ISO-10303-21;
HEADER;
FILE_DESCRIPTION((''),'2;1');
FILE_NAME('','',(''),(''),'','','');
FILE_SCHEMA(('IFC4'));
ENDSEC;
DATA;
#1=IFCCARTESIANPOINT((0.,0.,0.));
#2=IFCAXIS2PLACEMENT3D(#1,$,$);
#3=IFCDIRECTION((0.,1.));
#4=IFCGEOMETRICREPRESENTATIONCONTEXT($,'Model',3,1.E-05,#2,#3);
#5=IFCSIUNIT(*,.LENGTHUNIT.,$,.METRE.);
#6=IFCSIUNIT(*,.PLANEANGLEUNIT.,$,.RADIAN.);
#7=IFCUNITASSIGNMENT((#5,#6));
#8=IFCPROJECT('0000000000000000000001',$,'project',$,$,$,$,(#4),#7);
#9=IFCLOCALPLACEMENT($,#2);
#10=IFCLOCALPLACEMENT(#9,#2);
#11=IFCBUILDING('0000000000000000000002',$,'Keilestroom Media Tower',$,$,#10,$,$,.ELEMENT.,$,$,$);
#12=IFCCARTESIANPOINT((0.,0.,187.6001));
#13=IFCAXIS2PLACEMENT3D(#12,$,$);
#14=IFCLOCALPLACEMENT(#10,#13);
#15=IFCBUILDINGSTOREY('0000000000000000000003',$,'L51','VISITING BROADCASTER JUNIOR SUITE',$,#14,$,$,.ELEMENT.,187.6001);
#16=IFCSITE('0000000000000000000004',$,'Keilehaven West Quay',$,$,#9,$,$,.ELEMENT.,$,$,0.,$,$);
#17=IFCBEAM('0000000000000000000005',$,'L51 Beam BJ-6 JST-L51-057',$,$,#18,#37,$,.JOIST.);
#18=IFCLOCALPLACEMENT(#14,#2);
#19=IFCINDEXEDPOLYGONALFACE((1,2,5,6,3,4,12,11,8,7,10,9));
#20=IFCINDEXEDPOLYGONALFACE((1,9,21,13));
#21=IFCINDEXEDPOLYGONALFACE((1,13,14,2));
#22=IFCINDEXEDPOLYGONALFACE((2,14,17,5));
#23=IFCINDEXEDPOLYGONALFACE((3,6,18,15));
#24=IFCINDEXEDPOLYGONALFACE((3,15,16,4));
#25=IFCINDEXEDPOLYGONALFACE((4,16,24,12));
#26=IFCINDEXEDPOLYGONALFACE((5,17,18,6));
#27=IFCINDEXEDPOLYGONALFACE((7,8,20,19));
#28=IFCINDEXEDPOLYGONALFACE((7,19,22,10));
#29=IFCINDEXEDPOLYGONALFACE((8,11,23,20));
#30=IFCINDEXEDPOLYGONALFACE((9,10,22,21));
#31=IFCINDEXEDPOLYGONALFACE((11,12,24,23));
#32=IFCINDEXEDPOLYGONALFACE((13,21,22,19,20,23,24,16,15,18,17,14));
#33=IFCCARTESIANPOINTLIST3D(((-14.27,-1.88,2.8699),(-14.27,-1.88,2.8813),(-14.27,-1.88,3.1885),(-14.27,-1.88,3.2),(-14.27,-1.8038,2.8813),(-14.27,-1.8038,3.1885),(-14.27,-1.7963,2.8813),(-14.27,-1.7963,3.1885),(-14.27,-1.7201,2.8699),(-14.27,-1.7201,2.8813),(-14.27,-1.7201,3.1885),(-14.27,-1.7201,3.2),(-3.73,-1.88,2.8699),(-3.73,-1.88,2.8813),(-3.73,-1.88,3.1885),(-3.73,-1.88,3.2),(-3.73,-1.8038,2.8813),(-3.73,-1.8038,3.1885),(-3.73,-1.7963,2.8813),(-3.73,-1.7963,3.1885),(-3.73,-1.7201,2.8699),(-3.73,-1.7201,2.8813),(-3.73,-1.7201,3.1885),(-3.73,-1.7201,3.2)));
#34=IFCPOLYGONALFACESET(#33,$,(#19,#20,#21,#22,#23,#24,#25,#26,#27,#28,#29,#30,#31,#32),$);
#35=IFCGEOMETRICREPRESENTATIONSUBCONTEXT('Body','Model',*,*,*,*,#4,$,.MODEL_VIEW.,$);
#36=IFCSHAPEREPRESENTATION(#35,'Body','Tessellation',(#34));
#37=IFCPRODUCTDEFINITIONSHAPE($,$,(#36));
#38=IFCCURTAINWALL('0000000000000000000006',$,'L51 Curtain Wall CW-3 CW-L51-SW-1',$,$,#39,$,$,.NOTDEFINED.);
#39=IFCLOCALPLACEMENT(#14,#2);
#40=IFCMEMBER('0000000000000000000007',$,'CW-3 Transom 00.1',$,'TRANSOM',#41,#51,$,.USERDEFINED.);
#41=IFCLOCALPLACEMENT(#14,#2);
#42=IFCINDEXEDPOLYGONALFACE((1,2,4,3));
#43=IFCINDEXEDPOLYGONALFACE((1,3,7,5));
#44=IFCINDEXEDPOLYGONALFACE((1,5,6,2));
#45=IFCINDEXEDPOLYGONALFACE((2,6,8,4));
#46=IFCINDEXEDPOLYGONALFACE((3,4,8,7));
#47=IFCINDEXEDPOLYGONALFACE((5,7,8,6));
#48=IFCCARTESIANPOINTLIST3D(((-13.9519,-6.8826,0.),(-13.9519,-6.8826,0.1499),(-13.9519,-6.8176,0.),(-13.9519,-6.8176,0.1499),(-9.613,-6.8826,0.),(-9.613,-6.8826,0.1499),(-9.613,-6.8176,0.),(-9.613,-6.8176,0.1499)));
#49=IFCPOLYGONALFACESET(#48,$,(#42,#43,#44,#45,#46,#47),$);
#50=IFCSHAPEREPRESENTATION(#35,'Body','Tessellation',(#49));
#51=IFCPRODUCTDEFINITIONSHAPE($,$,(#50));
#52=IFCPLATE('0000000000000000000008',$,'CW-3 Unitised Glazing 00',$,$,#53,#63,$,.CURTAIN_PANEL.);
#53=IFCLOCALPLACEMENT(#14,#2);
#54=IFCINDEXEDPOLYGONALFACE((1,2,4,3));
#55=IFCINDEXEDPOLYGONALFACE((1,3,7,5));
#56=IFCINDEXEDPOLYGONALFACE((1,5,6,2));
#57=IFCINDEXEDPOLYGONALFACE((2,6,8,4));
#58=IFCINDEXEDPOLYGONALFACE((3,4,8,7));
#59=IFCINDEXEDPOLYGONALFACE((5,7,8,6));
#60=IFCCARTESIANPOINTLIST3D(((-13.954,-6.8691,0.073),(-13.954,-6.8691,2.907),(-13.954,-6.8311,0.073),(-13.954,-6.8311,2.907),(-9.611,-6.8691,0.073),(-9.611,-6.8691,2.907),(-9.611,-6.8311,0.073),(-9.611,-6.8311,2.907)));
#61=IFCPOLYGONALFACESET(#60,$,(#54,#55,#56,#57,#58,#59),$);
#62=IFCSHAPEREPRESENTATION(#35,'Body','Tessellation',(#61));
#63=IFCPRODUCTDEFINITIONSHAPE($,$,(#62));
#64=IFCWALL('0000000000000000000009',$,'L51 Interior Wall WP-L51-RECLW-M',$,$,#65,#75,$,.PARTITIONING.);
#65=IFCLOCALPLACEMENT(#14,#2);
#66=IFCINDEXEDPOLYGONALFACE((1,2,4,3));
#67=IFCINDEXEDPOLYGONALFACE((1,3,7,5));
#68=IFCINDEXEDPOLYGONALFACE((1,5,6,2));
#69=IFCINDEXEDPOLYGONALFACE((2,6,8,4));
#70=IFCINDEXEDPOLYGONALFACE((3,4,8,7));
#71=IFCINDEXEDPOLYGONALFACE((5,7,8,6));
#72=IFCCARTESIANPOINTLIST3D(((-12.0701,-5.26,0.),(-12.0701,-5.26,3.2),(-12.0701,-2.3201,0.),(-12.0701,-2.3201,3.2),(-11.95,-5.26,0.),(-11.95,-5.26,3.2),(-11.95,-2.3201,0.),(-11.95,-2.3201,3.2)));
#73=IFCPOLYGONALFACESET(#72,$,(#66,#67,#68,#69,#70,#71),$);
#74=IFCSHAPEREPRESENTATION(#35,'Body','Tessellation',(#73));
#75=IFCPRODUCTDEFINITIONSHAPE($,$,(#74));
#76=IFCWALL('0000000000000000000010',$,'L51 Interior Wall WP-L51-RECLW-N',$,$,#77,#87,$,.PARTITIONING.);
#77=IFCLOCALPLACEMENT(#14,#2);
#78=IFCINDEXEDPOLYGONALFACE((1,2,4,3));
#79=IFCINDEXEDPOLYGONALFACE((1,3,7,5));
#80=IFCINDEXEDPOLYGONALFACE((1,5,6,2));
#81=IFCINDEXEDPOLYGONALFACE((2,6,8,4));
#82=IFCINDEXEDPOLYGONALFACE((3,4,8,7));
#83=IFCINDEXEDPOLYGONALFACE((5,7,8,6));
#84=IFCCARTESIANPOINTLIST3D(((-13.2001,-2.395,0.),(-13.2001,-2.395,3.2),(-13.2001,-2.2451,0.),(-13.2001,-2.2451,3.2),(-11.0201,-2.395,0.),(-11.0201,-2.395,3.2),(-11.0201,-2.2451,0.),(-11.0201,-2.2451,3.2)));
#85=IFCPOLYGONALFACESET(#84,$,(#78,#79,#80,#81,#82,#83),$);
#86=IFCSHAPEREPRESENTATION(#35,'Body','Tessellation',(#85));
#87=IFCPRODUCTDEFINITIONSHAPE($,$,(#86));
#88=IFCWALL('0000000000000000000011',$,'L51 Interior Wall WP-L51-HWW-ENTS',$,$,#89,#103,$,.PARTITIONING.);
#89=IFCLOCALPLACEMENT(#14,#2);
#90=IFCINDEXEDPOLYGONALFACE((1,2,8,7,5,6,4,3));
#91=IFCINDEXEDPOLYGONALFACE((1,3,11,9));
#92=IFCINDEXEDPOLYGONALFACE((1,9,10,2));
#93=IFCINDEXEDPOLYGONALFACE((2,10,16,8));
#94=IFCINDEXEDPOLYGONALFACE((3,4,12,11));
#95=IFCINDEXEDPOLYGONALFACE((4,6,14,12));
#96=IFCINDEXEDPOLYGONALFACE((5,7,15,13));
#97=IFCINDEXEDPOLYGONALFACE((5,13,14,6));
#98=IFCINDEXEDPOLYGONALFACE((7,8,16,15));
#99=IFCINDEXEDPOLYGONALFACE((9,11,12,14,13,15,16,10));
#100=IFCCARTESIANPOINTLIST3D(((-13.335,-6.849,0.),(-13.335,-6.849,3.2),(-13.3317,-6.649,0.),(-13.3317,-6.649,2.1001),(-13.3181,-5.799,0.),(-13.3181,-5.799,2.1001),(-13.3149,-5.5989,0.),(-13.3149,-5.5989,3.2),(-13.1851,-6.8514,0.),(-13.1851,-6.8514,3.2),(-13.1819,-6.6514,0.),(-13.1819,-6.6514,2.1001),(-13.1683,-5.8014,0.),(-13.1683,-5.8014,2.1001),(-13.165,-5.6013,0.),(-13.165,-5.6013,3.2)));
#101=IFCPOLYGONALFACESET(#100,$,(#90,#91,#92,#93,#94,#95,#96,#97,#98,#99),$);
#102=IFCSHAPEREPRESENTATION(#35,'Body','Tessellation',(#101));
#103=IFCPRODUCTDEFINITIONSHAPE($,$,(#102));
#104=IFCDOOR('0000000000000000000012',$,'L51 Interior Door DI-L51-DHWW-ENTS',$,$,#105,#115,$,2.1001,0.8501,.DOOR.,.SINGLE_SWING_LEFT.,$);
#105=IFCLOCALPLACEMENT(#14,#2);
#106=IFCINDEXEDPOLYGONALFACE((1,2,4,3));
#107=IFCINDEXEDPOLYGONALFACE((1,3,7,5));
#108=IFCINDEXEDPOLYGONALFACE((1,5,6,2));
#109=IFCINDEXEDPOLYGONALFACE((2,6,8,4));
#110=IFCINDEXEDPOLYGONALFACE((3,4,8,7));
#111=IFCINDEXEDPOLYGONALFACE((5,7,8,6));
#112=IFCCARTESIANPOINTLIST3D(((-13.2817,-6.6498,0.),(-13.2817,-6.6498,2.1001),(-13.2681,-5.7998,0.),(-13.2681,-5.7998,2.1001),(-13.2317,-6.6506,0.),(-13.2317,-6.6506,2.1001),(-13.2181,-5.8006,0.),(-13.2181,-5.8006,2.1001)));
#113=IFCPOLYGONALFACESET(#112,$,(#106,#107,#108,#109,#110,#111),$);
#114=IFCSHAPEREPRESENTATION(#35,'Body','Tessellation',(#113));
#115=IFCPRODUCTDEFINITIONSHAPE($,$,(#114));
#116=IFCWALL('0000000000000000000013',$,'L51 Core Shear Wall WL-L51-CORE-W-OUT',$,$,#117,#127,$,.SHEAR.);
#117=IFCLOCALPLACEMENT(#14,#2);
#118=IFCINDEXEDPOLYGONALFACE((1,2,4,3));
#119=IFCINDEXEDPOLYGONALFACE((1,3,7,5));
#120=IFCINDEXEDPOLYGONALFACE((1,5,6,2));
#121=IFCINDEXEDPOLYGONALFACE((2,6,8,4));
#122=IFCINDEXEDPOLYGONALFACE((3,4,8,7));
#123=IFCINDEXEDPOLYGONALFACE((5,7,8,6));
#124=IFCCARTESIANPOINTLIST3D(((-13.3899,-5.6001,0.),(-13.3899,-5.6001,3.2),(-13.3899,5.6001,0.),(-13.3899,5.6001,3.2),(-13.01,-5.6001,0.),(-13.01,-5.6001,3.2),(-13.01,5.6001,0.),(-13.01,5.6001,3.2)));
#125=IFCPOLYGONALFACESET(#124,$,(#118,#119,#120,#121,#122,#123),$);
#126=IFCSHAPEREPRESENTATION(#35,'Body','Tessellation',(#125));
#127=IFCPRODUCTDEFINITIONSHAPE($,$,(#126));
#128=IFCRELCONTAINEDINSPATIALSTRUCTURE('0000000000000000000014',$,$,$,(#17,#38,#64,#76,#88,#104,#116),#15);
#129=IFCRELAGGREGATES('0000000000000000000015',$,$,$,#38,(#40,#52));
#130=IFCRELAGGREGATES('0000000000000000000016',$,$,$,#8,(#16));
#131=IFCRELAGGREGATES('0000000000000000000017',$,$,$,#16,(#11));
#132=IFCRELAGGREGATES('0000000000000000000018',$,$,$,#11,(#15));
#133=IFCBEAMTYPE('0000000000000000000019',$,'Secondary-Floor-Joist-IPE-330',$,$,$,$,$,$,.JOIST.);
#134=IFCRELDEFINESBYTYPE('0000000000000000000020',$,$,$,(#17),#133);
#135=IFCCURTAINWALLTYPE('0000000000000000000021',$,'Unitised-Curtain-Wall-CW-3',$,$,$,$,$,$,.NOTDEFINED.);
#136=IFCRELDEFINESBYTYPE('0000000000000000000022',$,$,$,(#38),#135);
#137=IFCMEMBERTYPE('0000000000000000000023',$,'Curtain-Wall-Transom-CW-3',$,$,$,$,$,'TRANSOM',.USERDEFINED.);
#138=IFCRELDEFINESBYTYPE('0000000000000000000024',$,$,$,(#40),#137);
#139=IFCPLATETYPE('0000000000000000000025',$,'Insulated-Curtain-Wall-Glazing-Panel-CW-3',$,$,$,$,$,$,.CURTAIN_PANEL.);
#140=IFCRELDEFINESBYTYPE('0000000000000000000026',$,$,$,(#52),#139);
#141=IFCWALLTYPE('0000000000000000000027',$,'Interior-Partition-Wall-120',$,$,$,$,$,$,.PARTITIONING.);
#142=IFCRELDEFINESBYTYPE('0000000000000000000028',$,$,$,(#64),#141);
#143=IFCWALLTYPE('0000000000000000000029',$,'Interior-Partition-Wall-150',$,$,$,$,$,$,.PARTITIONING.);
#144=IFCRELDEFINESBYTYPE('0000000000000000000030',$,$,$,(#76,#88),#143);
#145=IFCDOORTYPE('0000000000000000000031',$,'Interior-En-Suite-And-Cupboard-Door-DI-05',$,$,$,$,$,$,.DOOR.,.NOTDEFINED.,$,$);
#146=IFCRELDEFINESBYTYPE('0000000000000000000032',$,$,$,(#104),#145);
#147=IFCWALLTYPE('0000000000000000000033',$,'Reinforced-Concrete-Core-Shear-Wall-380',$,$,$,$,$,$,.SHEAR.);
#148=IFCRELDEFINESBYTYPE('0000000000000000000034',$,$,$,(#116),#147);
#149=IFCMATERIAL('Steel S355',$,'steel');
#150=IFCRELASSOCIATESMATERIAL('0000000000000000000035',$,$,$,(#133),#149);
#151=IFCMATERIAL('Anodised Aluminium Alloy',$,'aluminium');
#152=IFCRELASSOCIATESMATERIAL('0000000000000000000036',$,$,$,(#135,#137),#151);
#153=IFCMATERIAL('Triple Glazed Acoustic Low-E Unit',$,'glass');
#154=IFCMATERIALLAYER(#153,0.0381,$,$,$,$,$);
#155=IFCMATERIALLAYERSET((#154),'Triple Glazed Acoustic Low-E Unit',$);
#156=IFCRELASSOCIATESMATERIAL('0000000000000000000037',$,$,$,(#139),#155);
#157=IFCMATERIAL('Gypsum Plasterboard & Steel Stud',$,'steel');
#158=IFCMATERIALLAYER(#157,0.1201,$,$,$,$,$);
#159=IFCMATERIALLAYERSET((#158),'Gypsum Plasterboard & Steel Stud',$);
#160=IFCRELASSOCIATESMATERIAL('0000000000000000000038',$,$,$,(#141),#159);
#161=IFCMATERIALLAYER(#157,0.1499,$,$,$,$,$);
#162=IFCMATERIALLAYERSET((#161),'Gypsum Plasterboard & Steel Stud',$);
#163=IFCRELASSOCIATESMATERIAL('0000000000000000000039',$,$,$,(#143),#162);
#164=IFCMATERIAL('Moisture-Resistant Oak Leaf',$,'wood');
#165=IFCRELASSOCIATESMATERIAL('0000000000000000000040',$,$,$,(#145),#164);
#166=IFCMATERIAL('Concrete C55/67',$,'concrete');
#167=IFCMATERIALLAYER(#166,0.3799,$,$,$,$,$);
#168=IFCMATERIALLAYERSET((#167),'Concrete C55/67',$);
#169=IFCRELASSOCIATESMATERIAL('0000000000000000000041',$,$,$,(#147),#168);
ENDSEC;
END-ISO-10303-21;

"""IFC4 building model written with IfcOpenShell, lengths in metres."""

from ifc_helpers import new_model, si_unit, direction, frame, frame_2d, origin, origin_2d, place, context, subcontext, project, spatial, rectangle, i_section, extrude, source, transform, mapped, material, layer, layer_set, material_profile, profile_set, type_object, element, fill, aggregate, save


model = new_model("IFC4")

# Units and contexts
model_context = context("Model", 3, precision=1e-05, world=origin(), true_north=direction((0.0, 1.0)))
body_context = subcontext(model_context, "Body", "Model", "MODEL_VIEW")
ifc_project = project(units=[si_unit("LENGTHUNIT", "METRE"), si_unit("PLANEANGLEUNIT", "RADIAN")], contexts=[model_context])

# Site, building, storey
site_placement = place(None, origin())
site = spatial("IfcSite", under=ifc_project, at=site_placement, Name="Keilehaven West Quay", CompositionType="ELEMENT", RefElevation=0.0)
building_placement = place(site_placement, origin())
building = spatial("IfcBuilding", under=site, at=building_placement, Name="Keilestroom Media Tower", CompositionType="ELEMENT")
storey_placement = place(building_placement, frame((0.0, 0.0, 187.6001)))
storey = spatial("IfcBuildingStorey", under=building, at=storey_placement, Name="L51", Description="VISITING BROADCASTER JUNIOR SUITE", CompositionType="ELEMENT", Elevation=187.6001)

# Beam
ifc_material_1 = material(Name="Steel S355", Category="steel")
ifc_material_profile_1 = material_profile(ifc_material_1, i_section(OverallWidth=0.1599, OverallDepth=0.3301, WebThickness=0.0076, FlangeThickness=0.0115, at=origin_2d()), Name="IPE 330")
ifc_profile_set_1 = profile_set([ifc_material_profile_1], Name="Steel S355")
beam_type = type_object("IfcBeamType", Name="Secondary-Floor-Joist-IPE-330", PredefinedType="JOIST", material=ifc_profile_set_1)
shared_shape_1 = source(origin(), body_context, "Body", "SweptSolid", [
    extrude(i_section(OverallWidth=0.1599, OverallDepth=0.3301, WebThickness=0.0076, FlangeThickness=0.0115, at=origin_2d()), origin(), (0.0, 0.0, 1.0), 10.54),
])
beam_placement = place(storey_placement, frame((-14.27, -1.8, 3.0349), z_axis=(1.0, 0.0, 0.0), x_axis=(0.0, 1.0, 0.0)))
element("IfcBeam", 1, at=beam_placement, inside=storey, type_object=beam_type, Name="L51 Beam BJ-6 JST-L51-057", PredefinedType="JOIST", context=body_context, shape_type="MappedRepresentation", body=[
    mapped(shared_shape_1, transform((0.0, 0.0, 0.0), x_axis=(1.0, 0.0, 0.0), y_axis=(0.0, 1.0, 0.0), z_axis=(0.0, 0.0, 1.0), scale=1.0)),
])

# Curtain wall, member, plate
ifc_material_2 = material(Name="Anodised Aluminium Alloy", Category="aluminium")
curtain_wall_type = type_object("IfcCurtainWallType", Name="Unitised-Curtain-Wall-CW-3", PredefinedType="NOTDEFINED", material=ifc_material_2)
curtain_wall_placement = place(storey_placement, origin())
curtain_wall = element("IfcCurtainWall", 2, at=curtain_wall_placement, inside=storey, type_object=curtain_wall_type, Name="L51 Curtain Wall CW-3 CW-L51-SW-1", PredefinedType="NOTDEFINED")
ifc_material_profile_2 = material_profile(ifc_material_2, rectangle(XDim=0.0649, YDim=0.1499, at=origin_2d()), Name="ALU TRANSOM 65x150")
ifc_profile_set_2 = profile_set([ifc_material_profile_2], Name="Anodised Aluminium Alloy")
member_type = type_object("IfcMemberType", Name="Curtain-Wall-Transom-CW-3", ElementType="TRANSOM", PredefinedType="USERDEFINED", material=ifc_profile_set_2)
shared_shape_2 = source(origin(), body_context, "Body", "SweptSolid", [
    extrude(rectangle(XDim=0.0649, YDim=0.1499, at=origin_2d()), origin(), (0.0, 0.0, 1.0), 4.3389),
])
member_placement = place(storey_placement, frame((-13.9519, -6.8501, 0.075), z_axis=(1.0, 0.0, 0.0), x_axis=(0.0, 1.0, 0.0)))
member = element("IfcMember", 3, at=member_placement, type_object=member_type, Name="CW-3 Transom 00.1", ObjectType="TRANSOM", PredefinedType="USERDEFINED", context=body_context, shape_type="MappedRepresentation", body=[
    mapped(shared_shape_2, transform((0.0, 0.0, 0.0), x_axis=(1.0, 0.0, 0.0), y_axis=(0.0, 1.0, 0.0), z_axis=(0.0, 0.0, 1.0), scale=1.0)),
])
ifc_material_3 = material(Name="Triple Glazed Acoustic Low-E Unit", Category="glass")
ifc_layer_1 = layer(ifc_material_3, 0.0381)
ifc_layer_set_1 = layer_set([ifc_layer_1], Name="Triple Glazed Acoustic Low-E Unit")
plate_type = type_object("IfcPlateType", Name="Insulated-Curtain-Wall-Glazing-Panel-CW-3", PredefinedType="CURTAIN_PANEL", material=ifc_layer_set_1)
shared_shape_3 = source(origin(), body_context, "Body", "SweptSolid", [
    extrude(rectangle(XDim=4.343, YDim=0.0381, at=origin_2d()), origin(), (0.0, 0.0, 1.0), 2.834),
])
plate_placement = place(storey_placement, frame((-11.7825, -6.8501, 0.073), z_axis=(0.0, 0.0, 1.0), x_axis=(1.0, 0.0, 0.0)))
plate = element("IfcPlate", 4, at=plate_placement, type_object=plate_type, Name="CW-3 Unitised Glazing 00", PredefinedType="CURTAIN_PANEL", context=body_context, shape_type="MappedRepresentation", body=[
    mapped(shared_shape_3, transform((0.0, 0.0, 0.0), x_axis=(1.0, 0.0, 0.0), y_axis=(0.0, 1.0, 0.0), z_axis=(0.0, 0.0, 1.0), scale=1.0)),
])
aggregate(curtain_wall, [member, plate])

# Walls
ifc_material_4 = material(Name="Gypsum Plasterboard & Steel Stud", Category="steel")
ifc_layer_2 = layer(ifc_material_4, 0.1201)
ifc_layer_set_2 = layer_set([ifc_layer_2], Name="Gypsum Plasterboard & Steel Stud")
wall_type_1 = type_object("IfcWallType", Name="Interior-Partition-Wall-120", PredefinedType="PARTITIONING", material=ifc_layer_set_2)
wall_1_placement = place(storey_placement, frame((-12.01, -5.26, 0.0), z_axis=(0.0, 0.0, 1.0), x_axis=(0.0, 1.0, 0.0)))
element("IfcWall", 5, at=wall_1_placement, inside=storey, type_object=wall_type_1, Name="L51 Interior Wall WP-L51-RECLW-M", PredefinedType="PARTITIONING", context=body_context, shape_type="SweptSolid", body=[
    extrude(rectangle(XDim=2.9399, YDim=0.1201, at=frame_2d((1.47, 0.0))), origin(), (0.0, 0.0, 1.0), 3.2),
])
ifc_layer_3 = layer(ifc_material_4, 0.1499)
ifc_layer_set_3 = layer_set([ifc_layer_3], Name="Gypsum Plasterboard & Steel Stud")
wall_type_2 = type_object("IfcWallType", Name="Interior-Partition-Wall-150", PredefinedType="PARTITIONING", material=ifc_layer_set_3)
wall_2_placement = place(storey_placement, frame((-13.2, -2.3201, 0.0), z_axis=(0.0, 0.0, 1.0), x_axis=(1.0, 0.0, 0.0)))
element("IfcWall", 6, at=wall_2_placement, inside=storey, type_object=wall_type_2, Name="L51 Interior Wall WP-L51-RECLW-N", PredefinedType="PARTITIONING", context=body_context, shape_type="SweptSolid", body=[
    extrude(rectangle(XDim=2.1799, YDim=0.1499, at=frame_2d((1.0898, 0.0))), origin(), (0.0, 0.0, 1.0), 3.2),
])

# Wall, opening, door
wall_3_placement = place(storey_placement, frame((-13.26, -6.8501, 0.0), z_axis=(0.0, 0.0, 1.0), x_axis=(0.016014, 0.999872, 0.0)))
wall_3 = element("IfcWall", 7, at=wall_3_placement, inside=storey, type_object=wall_type_2, Name="L51 Interior Wall WP-L51-HWW-ENTS", PredefinedType="PARTITIONING", context=body_context, shape_type="SweptSolid", body=[
    extrude(rectangle(XDim=1.2502, YDim=0.1499, at=frame_2d((0.625, 0.0))), origin(), (0.0, 0.0, 1.0), 3.2),
])
opening_1_placement = place(wall_3_placement, frame((0.2, 0.0, 0.0)))
opening_1 = element("IfcOpeningElement", 8, at=opening_1_placement, cuts=wall_3, PredefinedType="OPENING", context=body_context, shape_type="SweptSolid", body=[
    extrude(rectangle(XDim=0.8501, YDim=2.1001, at=frame_2d((0.425, 1.05))), frame((0.0, 0.085, 0.0), z_axis=(0.0, -1.0, 0.0), x_axis=(1.0, 0.0, 0.0)), (0.0, 0.0, 1.0), 0.1699),
])
ifc_material_5 = material(Name="Moisture-Resistant Oak Leaf", Category="wood")
door_type = type_object("IfcDoorType", Name="Interior-En-Suite-And-Cupboard-Door-DI-05", OperationType="NOTDEFINED", PredefinedType="DOOR", material=ifc_material_5)
shared_shape_4 = source(origin(), body_context, "Body", "SweptSolid", [
    extrude(rectangle(XDim=0.8501, YDim=2.1001, at=frame_2d((0.425, 1.05))), frame((0.0, 0.0249, 0.0), z_axis=(0.0, -1.0, 0.0), x_axis=(1.0, 0.0, 0.0)), (0.0, 0.0, 1.0), 0.05),
])
door_1_placement = place(opening_1_placement, origin())
door_1 = element("IfcDoor", 9, at=door_1_placement, inside=storey, type_object=door_type, Name="L51 Interior Door DI-L51-DHWW-ENTS", OperationType="SINGLE_SWING_LEFT", OverallHeight=2.1001, OverallWidth=0.8501, PredefinedType="DOOR", context=body_context, shape_type="MappedRepresentation", body=[
    mapped(shared_shape_4, transform((0.0, 0.0, 0.0), x_axis=(1.0, 0.0, 0.0), y_axis=(0.0, 1.0, 0.0), z_axis=(0.0, 0.0, 1.0), scale=1.0)),
])
fill(opening_1, door_1)

# Wall
ifc_material_6 = material(Name="Concrete C55/67", Category="concrete")
ifc_layer_4 = layer(ifc_material_6, 0.3799)
ifc_layer_set_4 = layer_set([ifc_layer_4], Name="Concrete C55/67")
wall_type_3 = type_object("IfcWallType", Name="Reinforced-Concrete-Core-Shear-Wall-380", PredefinedType="SHEAR", material=ifc_layer_set_4)
wall_4_placement = place(storey_placement, frame((-13.2, -5.6001, 0.0), z_axis=(0.0, 0.0, 1.0), x_axis=(0.0, 1.0, 0.0)))
element("IfcWall", 10, at=wall_4_placement, inside=storey, type_object=wall_type_3, Name="L51 Core Shear Wall WL-L51-CORE-W-OUT", PredefinedType="SHEAR", context=body_context, shape_type="SweptSolid", body=[
    extrude(rectangle(XDim=11.2002, YDim=0.3799, at=frame_2d((5.6001, 0.0))), origin(), (0.0, 0.0, 1.0), 3.2),
])

save(model, "model.ifc")
